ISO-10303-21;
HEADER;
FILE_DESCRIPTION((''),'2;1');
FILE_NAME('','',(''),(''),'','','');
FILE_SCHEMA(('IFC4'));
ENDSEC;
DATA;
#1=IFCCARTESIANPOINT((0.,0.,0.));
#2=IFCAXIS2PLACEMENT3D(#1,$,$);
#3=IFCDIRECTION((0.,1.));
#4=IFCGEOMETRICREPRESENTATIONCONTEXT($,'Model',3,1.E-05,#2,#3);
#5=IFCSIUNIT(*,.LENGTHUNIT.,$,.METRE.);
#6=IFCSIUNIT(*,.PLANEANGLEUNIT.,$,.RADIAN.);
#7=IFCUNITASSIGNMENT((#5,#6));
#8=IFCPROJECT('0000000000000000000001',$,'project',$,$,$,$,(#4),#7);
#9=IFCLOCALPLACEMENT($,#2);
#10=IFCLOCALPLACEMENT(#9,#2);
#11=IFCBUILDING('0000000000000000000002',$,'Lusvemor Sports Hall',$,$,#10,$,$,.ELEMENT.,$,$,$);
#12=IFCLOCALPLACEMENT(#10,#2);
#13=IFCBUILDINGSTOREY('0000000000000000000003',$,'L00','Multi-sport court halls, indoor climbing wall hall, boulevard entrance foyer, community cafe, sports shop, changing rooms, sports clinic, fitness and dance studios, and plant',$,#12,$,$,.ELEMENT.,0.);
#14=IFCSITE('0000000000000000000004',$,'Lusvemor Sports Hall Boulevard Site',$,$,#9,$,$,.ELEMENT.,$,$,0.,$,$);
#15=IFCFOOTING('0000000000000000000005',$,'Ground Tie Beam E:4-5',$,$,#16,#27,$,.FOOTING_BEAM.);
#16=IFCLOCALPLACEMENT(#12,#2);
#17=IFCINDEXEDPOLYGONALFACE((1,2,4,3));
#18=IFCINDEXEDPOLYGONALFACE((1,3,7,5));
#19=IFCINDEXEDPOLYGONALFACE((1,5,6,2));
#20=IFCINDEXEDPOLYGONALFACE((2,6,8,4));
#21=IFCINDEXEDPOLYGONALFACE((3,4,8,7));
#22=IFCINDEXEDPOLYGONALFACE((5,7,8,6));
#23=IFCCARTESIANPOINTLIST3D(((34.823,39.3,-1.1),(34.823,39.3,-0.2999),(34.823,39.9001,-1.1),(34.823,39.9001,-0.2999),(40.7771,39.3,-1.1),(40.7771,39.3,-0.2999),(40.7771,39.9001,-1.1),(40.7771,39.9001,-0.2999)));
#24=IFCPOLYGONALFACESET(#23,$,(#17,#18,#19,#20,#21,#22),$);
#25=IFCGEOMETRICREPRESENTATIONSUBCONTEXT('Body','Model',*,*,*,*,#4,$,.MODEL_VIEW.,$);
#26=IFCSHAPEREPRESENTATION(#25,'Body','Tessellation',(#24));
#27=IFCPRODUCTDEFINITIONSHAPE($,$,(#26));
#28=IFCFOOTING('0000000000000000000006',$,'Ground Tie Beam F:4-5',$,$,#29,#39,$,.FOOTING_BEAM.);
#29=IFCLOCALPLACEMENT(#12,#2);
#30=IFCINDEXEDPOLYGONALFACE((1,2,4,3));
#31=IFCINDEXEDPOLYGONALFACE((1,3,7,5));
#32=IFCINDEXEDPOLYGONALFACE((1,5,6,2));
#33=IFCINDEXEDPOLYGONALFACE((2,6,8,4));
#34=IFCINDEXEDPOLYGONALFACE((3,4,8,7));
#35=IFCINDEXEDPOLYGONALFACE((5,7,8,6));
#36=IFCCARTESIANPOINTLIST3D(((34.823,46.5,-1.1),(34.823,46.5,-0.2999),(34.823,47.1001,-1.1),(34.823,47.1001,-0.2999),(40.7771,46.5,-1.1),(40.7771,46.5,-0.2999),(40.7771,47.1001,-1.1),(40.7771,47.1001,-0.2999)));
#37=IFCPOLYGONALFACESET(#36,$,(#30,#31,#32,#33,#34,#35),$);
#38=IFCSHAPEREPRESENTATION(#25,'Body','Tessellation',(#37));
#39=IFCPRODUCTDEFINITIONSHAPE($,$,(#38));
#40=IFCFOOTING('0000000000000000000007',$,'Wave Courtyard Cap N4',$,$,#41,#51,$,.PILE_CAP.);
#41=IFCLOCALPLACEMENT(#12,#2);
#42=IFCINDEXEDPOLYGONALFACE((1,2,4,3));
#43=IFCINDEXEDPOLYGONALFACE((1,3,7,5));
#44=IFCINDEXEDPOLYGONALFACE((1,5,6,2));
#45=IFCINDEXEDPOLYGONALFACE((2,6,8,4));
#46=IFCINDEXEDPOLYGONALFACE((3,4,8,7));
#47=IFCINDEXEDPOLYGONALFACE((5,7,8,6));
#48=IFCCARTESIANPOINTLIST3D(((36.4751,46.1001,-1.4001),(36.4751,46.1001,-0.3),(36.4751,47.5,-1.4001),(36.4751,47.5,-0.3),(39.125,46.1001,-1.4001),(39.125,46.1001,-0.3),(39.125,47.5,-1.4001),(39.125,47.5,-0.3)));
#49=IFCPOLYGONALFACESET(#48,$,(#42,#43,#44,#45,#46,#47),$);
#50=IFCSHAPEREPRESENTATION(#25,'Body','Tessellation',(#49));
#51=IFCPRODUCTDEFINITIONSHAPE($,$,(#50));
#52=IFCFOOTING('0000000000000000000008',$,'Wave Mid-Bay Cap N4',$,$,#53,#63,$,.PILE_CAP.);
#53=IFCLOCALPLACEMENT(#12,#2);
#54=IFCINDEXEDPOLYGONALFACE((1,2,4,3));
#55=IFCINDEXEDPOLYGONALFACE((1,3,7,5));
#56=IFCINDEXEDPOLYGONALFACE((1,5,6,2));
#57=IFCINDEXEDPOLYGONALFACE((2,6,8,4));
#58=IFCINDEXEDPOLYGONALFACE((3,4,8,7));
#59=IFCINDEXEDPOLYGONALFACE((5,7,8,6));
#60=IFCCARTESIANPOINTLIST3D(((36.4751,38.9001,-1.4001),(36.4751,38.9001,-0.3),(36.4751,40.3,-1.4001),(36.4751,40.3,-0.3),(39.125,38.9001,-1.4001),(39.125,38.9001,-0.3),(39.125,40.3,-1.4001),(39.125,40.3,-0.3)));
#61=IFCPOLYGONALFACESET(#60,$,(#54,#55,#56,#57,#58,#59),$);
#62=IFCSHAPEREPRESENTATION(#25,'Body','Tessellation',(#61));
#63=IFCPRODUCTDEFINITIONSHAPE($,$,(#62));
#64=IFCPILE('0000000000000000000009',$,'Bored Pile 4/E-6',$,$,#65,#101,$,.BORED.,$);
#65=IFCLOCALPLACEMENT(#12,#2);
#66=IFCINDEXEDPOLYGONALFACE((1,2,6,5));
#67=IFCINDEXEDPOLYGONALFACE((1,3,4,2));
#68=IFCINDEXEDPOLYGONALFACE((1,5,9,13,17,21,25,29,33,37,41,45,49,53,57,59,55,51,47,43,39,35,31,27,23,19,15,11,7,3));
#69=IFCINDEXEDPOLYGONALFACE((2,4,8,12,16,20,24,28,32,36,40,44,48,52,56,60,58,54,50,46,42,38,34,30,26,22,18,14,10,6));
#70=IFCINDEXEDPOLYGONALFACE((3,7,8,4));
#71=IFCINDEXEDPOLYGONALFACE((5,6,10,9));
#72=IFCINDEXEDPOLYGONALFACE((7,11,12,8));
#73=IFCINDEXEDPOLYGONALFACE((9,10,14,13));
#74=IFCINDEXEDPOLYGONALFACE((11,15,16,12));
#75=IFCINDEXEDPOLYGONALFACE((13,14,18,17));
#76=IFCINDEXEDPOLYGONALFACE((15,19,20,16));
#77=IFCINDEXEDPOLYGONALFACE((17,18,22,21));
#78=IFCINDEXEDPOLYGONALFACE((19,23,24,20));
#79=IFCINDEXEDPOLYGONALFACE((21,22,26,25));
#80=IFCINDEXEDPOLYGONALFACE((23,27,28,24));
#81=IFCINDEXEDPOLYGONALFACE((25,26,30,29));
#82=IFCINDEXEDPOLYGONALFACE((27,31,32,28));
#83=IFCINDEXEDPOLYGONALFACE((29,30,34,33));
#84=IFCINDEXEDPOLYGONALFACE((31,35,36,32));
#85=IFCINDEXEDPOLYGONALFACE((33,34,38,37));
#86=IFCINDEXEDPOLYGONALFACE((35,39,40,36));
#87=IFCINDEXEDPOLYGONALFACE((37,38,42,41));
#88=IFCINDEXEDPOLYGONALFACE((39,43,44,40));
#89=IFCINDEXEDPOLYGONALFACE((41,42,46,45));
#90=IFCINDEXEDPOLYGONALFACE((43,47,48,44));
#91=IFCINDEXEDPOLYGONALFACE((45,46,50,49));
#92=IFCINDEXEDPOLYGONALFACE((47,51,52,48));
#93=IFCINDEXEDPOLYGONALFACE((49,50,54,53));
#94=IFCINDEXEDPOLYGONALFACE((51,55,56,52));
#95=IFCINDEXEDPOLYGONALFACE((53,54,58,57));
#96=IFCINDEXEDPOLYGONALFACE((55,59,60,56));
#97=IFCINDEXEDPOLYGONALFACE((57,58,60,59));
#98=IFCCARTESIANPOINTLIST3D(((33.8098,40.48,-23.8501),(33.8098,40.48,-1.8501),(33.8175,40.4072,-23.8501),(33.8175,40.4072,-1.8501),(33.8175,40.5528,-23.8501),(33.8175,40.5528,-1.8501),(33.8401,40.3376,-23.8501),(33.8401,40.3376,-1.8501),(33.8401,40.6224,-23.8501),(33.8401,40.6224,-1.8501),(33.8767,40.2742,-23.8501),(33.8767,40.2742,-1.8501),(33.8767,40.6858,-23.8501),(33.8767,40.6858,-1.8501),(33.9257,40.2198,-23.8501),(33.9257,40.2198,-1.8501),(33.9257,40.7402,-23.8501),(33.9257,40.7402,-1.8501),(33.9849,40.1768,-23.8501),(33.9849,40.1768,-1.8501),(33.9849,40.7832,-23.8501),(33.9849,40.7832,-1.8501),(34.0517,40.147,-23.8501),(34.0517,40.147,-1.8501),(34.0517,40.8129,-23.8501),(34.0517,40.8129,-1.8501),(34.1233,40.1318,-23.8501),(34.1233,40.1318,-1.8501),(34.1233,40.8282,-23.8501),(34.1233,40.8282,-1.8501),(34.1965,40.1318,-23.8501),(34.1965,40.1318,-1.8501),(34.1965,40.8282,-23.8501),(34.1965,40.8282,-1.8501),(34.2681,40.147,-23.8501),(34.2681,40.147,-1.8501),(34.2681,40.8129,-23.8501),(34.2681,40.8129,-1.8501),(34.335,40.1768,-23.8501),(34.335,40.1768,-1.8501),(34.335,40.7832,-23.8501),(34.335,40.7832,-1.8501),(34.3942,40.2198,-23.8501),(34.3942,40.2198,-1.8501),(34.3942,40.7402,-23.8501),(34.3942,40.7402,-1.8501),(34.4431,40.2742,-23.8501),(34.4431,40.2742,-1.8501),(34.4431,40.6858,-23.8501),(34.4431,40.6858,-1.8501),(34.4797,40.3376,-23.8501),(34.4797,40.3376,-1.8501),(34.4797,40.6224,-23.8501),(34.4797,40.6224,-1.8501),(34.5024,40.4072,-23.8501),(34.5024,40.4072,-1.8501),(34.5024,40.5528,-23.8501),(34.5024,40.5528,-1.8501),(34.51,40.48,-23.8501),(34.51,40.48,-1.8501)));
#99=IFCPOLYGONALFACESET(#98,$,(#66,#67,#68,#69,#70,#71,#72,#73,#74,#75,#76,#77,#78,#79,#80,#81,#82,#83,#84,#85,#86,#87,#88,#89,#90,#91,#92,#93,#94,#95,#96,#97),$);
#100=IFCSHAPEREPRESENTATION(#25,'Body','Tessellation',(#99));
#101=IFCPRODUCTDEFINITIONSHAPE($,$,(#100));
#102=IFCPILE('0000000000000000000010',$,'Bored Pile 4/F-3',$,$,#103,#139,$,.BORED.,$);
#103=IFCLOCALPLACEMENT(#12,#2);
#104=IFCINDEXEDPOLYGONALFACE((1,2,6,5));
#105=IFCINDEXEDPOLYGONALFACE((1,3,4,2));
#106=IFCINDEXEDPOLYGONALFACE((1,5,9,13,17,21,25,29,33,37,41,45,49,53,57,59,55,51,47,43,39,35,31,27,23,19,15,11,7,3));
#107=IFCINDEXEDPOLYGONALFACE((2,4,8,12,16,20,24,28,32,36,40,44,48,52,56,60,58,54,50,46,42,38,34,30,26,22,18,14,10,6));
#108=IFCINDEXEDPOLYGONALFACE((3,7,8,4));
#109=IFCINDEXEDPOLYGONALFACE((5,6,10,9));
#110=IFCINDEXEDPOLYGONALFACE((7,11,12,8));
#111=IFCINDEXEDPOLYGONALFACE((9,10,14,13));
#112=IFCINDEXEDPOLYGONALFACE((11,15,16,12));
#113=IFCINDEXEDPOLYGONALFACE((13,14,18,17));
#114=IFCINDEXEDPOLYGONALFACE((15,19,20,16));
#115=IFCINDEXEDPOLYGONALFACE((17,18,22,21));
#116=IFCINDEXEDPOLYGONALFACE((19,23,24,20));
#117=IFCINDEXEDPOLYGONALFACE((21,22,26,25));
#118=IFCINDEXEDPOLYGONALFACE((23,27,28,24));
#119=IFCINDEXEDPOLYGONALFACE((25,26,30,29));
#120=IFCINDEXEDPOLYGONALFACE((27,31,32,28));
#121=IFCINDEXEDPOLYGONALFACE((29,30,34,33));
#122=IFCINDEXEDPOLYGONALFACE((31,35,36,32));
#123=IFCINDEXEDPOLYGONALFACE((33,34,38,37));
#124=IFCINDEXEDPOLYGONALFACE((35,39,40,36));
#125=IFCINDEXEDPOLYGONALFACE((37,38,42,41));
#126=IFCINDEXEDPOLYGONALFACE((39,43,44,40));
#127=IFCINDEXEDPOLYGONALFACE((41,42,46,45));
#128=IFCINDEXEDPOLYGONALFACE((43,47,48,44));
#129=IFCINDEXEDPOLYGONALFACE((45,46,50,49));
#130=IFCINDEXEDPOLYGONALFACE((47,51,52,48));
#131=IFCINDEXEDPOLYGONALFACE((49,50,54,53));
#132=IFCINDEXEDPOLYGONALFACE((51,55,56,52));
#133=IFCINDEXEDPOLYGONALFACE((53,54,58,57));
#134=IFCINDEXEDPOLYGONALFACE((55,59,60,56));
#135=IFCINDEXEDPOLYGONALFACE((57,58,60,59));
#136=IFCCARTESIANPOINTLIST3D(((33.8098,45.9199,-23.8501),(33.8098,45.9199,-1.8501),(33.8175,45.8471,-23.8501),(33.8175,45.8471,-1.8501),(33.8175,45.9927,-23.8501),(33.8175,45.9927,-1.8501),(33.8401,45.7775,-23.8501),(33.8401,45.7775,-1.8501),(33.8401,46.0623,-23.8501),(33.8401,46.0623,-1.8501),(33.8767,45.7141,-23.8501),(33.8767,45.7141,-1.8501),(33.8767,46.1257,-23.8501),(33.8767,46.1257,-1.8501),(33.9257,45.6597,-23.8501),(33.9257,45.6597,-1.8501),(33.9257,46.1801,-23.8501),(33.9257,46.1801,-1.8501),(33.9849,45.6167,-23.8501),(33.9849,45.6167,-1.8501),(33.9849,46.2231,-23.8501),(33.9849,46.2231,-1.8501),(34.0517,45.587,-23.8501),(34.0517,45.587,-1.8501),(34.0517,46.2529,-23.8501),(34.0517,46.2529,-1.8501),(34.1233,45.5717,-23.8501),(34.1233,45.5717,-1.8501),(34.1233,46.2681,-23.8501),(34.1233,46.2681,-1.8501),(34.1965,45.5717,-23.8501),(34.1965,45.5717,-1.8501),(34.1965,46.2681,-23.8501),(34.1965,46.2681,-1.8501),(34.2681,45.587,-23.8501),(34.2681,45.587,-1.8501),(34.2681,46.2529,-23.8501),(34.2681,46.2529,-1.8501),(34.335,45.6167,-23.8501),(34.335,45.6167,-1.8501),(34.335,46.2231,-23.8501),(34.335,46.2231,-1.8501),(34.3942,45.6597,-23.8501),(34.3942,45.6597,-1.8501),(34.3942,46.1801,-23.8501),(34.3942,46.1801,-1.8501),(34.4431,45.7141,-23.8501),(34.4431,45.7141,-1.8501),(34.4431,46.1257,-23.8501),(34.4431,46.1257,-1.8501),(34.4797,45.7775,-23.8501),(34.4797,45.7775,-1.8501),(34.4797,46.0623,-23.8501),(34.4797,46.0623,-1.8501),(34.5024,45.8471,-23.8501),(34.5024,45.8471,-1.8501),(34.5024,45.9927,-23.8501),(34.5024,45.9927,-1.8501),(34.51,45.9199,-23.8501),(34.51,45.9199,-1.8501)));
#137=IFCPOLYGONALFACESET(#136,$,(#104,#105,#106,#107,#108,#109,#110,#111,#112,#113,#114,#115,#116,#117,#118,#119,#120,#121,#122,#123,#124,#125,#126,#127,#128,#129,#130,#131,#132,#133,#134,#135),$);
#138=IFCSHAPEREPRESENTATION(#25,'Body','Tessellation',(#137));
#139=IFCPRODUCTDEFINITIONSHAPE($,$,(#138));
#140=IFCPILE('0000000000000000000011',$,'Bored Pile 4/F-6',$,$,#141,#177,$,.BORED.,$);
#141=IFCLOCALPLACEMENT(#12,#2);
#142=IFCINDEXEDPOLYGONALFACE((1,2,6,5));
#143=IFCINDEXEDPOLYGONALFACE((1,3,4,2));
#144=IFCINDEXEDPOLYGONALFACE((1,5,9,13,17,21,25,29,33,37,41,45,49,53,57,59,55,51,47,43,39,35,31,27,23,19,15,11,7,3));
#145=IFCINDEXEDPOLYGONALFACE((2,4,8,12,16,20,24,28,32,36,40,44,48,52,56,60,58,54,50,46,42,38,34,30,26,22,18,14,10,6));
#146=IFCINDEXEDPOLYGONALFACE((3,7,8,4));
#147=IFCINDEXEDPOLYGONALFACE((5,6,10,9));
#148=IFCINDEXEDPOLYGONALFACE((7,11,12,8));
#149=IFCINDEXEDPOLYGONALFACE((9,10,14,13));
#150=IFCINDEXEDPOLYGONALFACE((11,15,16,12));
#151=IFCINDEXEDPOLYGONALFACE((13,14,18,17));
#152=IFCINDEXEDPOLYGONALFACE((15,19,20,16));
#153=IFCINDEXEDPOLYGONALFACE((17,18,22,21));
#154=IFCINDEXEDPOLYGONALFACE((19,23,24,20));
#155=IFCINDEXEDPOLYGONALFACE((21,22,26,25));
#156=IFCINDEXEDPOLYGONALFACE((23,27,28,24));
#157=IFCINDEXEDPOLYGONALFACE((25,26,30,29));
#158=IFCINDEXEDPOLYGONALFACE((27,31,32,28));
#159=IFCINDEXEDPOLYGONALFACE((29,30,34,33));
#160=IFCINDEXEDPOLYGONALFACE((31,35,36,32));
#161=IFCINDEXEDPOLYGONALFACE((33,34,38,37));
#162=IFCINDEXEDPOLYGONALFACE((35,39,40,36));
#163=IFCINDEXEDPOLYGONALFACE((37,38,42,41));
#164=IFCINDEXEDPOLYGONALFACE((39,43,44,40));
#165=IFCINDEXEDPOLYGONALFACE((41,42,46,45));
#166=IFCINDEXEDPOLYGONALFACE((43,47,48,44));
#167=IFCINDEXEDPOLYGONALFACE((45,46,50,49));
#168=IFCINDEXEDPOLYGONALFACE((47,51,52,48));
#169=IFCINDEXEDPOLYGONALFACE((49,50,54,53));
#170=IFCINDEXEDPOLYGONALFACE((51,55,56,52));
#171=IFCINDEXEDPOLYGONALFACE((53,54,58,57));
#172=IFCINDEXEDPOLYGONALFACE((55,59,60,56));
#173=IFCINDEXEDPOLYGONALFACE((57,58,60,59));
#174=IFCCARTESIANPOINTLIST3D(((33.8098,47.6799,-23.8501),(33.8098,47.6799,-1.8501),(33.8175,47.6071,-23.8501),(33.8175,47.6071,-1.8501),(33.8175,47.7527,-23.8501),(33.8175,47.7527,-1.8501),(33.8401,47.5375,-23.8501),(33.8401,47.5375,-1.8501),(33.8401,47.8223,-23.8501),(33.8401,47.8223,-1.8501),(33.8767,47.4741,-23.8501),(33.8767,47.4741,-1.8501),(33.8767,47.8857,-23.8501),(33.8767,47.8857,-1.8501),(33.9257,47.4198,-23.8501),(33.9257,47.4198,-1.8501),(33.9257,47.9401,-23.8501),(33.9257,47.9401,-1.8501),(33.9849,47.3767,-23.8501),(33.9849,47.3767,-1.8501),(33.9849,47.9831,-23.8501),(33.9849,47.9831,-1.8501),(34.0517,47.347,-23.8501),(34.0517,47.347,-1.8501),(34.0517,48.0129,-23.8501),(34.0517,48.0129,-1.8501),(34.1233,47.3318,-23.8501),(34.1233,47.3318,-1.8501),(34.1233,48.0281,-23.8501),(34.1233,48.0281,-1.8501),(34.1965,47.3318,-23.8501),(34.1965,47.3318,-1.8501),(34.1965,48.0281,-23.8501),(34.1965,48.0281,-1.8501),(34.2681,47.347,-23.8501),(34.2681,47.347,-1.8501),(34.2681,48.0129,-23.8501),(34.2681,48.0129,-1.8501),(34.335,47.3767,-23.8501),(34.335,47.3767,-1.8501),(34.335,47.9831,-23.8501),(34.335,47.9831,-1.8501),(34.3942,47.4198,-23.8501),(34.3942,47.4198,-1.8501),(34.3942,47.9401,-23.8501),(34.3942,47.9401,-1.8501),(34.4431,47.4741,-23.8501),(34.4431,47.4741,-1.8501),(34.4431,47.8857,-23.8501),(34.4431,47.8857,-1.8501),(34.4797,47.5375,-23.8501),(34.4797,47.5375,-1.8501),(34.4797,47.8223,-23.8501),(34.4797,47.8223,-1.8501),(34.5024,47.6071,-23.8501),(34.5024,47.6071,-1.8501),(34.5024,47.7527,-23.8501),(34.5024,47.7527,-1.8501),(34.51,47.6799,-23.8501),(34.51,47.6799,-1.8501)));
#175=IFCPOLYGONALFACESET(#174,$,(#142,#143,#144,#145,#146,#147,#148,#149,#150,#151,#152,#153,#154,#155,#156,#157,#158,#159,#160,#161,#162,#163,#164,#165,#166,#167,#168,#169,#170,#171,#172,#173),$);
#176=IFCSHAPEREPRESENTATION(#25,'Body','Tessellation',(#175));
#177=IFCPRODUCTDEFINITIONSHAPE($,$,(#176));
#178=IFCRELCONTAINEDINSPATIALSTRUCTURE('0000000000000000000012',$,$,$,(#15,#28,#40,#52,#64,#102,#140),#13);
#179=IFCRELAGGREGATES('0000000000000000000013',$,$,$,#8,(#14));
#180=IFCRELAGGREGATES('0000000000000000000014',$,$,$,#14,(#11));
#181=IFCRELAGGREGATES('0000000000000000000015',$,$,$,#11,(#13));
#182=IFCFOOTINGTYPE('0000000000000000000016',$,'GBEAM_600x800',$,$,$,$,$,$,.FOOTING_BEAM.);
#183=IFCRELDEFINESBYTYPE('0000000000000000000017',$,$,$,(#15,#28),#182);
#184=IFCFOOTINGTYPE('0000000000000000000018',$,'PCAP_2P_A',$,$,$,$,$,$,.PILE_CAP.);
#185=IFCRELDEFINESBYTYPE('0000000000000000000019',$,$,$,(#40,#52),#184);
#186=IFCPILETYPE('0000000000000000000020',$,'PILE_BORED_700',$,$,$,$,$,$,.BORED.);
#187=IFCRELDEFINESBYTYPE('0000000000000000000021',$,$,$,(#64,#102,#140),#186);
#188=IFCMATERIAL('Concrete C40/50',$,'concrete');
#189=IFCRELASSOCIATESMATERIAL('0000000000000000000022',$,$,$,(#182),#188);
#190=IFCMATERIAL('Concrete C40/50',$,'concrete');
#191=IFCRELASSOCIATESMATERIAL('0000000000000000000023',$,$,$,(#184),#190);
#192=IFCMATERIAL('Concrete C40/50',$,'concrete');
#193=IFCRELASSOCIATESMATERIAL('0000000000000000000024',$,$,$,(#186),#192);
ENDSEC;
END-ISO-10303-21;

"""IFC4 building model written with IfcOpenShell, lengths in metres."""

from ifc_helpers import new_model, si_unit, direction, frame, origin, origin_2d, place, context, subcontext, project, spatial, rectangle, circle, extrude, material, material_profile, profile_set, type_object, element, save


model = new_model("IFC4")

# Units and contexts
model_context = context("Model", 3, precision=1e-05, world=origin(), true_north=direction((0.0, 1.0)))
body_context = subcontext(model_context, "Body", "Model", "MODEL_VIEW")
ifc_project = project(units=[si_unit("LENGTHUNIT", "METRE"), si_unit("PLANEANGLEUNIT", "RADIAN")], contexts=[model_context])

# Site, building, storey
site_placement = place(None, origin())
site = spatial("IfcSite", under=ifc_project, at=site_placement, Name="Lusvemor Sports Hall Boulevard Site", CompositionType="ELEMENT", RefElevation=0.0)
building_placement = place(site_placement, origin())
building = spatial("IfcBuilding", under=site, at=building_placement, Name="Lusvemor Sports Hall", CompositionType="ELEMENT")
storey_placement = place(building_placement, origin())
storey = spatial("IfcBuildingStorey", under=building, at=storey_placement, Name="L00", Description="Multi-sport court halls, indoor climbing wall hall, boulevard entrance foyer, community cafe, sports shop, changing rooms, sports clinic, fitness and dance studios, and plant", CompositionType="ELEMENT", Elevation=0.0)

# Footings
ifc_material_1 = material(Name="Concrete C40/50", Category="concrete")
ifc_material_profile_1 = material_profile(ifc_material_1, rectangle(XDim=0.6001, YDim=0.8, at=origin_2d()), Name="GB_600x800")
ifc_profile_set_1 = profile_set([ifc_material_profile_1], Name="Concrete C40/50")
footing_type_1 = type_object("IfcFootingType", Name="GBEAM_600x800", PredefinedType="FOOTING_BEAM", material=ifc_profile_set_1)
for number, where, z_axis, x_axis, name in (
    (1, (34.823, 39.6001, -0.7), (1.0, 0.0, 0.0), (0.0, 1.0, 0.0), "Ground Tie Beam E:4-5"),
    (2, (34.823, 46.8, -0.7), (1.0, 0.0, 0.0), (0.0, 1.0, 0.0), "Ground Tie Beam F:4-5"),
):
    element("IfcFooting", number, at=place(storey_placement, frame(where, z_axis=z_axis, x_axis=x_axis)), inside=storey, type_object=footing_type_1, Name=name, PredefinedType="FOOTING_BEAM", context=body_context, shape_type="SweptSolid", body=[
        extrude(rectangle(XDim=0.6001, YDim=0.8, at=origin_2d()), origin(), (0.0, 0.0, 1.0), 5.9541),
    ])
ifc_material_2 = material(Name="Concrete C40/50", Category="concrete")
footing_type_2 = type_object("IfcFootingType", Name="PCAP_2P_A", PredefinedType="PILE_CAP", material=ifc_material_2)
for number, where, z_axis, x_axis, name in (
    (3, (37.8, 46.8, -1.4001), (0.0, 0.0, 1.0), (1.0, 0.0, 0.0), "Wave Courtyard Cap N4"),
    (4, (37.8, 39.6001, -1.4001), (0.0, 0.0, 1.0), (1.0, 0.0, 0.0), "Wave Mid-Bay Cap N4"),
):
    element("IfcFooting", number, at=place(storey_placement, frame(where, z_axis=z_axis, x_axis=x_axis)), inside=storey, type_object=footing_type_2, Name=name, PredefinedType="PILE_CAP", context=body_context, shape_type="SweptSolid", body=[
        extrude(rectangle(XDim=2.6499, YDim=1.3999, at=origin_2d()), origin(), (0.0, 0.0, 1.0), 1.1001),
    ])

# Piles
ifc_material_3 = material(Name="Concrete C40/50", Category="concrete")
ifc_material_profile_2 = material_profile(ifc_material_3, circle(Radius=0.3501, at=origin_2d()), Name="PILE700")
ifc_profile_set_2 = profile_set([ifc_material_profile_2], Name="Concrete C40/50")
pile_type = type_object("IfcPileType", Name="PILE_BORED_700", PredefinedType="BORED", material=ifc_profile_set_2)
for number, where, z_axis, x_axis, name in (
    (5, (34.1599, 40.48, -1.8501), (0.0, 0.0, -1.0), (1.0, 0.0, 0.0), "Bored Pile 4/E-6"),
    (6, (34.1599, 45.9199, -1.8501), (0.0, 0.0, -1.0), (1.0, 0.0, 0.0), "Bored Pile 4/F-3"),
    (7, (34.1599, 47.6799, -1.8501), (0.0, 0.0, -1.0), (1.0, 0.0, 0.0), "Bored Pile 4/F-6"),
):
    element("IfcPile", number, at=place(storey_placement, frame(where, z_axis=z_axis, x_axis=x_axis)), inside=storey, type_object=pile_type, Name=name, PredefinedType="BORED", context=body_context, shape_type="SweptSolid", body=[
        extrude(circle(Radius=0.3501, at=origin_2d()), origin(), (0.0, 0.0, 1.0), 22.0),
    ])

save(model, "model.ifc")
